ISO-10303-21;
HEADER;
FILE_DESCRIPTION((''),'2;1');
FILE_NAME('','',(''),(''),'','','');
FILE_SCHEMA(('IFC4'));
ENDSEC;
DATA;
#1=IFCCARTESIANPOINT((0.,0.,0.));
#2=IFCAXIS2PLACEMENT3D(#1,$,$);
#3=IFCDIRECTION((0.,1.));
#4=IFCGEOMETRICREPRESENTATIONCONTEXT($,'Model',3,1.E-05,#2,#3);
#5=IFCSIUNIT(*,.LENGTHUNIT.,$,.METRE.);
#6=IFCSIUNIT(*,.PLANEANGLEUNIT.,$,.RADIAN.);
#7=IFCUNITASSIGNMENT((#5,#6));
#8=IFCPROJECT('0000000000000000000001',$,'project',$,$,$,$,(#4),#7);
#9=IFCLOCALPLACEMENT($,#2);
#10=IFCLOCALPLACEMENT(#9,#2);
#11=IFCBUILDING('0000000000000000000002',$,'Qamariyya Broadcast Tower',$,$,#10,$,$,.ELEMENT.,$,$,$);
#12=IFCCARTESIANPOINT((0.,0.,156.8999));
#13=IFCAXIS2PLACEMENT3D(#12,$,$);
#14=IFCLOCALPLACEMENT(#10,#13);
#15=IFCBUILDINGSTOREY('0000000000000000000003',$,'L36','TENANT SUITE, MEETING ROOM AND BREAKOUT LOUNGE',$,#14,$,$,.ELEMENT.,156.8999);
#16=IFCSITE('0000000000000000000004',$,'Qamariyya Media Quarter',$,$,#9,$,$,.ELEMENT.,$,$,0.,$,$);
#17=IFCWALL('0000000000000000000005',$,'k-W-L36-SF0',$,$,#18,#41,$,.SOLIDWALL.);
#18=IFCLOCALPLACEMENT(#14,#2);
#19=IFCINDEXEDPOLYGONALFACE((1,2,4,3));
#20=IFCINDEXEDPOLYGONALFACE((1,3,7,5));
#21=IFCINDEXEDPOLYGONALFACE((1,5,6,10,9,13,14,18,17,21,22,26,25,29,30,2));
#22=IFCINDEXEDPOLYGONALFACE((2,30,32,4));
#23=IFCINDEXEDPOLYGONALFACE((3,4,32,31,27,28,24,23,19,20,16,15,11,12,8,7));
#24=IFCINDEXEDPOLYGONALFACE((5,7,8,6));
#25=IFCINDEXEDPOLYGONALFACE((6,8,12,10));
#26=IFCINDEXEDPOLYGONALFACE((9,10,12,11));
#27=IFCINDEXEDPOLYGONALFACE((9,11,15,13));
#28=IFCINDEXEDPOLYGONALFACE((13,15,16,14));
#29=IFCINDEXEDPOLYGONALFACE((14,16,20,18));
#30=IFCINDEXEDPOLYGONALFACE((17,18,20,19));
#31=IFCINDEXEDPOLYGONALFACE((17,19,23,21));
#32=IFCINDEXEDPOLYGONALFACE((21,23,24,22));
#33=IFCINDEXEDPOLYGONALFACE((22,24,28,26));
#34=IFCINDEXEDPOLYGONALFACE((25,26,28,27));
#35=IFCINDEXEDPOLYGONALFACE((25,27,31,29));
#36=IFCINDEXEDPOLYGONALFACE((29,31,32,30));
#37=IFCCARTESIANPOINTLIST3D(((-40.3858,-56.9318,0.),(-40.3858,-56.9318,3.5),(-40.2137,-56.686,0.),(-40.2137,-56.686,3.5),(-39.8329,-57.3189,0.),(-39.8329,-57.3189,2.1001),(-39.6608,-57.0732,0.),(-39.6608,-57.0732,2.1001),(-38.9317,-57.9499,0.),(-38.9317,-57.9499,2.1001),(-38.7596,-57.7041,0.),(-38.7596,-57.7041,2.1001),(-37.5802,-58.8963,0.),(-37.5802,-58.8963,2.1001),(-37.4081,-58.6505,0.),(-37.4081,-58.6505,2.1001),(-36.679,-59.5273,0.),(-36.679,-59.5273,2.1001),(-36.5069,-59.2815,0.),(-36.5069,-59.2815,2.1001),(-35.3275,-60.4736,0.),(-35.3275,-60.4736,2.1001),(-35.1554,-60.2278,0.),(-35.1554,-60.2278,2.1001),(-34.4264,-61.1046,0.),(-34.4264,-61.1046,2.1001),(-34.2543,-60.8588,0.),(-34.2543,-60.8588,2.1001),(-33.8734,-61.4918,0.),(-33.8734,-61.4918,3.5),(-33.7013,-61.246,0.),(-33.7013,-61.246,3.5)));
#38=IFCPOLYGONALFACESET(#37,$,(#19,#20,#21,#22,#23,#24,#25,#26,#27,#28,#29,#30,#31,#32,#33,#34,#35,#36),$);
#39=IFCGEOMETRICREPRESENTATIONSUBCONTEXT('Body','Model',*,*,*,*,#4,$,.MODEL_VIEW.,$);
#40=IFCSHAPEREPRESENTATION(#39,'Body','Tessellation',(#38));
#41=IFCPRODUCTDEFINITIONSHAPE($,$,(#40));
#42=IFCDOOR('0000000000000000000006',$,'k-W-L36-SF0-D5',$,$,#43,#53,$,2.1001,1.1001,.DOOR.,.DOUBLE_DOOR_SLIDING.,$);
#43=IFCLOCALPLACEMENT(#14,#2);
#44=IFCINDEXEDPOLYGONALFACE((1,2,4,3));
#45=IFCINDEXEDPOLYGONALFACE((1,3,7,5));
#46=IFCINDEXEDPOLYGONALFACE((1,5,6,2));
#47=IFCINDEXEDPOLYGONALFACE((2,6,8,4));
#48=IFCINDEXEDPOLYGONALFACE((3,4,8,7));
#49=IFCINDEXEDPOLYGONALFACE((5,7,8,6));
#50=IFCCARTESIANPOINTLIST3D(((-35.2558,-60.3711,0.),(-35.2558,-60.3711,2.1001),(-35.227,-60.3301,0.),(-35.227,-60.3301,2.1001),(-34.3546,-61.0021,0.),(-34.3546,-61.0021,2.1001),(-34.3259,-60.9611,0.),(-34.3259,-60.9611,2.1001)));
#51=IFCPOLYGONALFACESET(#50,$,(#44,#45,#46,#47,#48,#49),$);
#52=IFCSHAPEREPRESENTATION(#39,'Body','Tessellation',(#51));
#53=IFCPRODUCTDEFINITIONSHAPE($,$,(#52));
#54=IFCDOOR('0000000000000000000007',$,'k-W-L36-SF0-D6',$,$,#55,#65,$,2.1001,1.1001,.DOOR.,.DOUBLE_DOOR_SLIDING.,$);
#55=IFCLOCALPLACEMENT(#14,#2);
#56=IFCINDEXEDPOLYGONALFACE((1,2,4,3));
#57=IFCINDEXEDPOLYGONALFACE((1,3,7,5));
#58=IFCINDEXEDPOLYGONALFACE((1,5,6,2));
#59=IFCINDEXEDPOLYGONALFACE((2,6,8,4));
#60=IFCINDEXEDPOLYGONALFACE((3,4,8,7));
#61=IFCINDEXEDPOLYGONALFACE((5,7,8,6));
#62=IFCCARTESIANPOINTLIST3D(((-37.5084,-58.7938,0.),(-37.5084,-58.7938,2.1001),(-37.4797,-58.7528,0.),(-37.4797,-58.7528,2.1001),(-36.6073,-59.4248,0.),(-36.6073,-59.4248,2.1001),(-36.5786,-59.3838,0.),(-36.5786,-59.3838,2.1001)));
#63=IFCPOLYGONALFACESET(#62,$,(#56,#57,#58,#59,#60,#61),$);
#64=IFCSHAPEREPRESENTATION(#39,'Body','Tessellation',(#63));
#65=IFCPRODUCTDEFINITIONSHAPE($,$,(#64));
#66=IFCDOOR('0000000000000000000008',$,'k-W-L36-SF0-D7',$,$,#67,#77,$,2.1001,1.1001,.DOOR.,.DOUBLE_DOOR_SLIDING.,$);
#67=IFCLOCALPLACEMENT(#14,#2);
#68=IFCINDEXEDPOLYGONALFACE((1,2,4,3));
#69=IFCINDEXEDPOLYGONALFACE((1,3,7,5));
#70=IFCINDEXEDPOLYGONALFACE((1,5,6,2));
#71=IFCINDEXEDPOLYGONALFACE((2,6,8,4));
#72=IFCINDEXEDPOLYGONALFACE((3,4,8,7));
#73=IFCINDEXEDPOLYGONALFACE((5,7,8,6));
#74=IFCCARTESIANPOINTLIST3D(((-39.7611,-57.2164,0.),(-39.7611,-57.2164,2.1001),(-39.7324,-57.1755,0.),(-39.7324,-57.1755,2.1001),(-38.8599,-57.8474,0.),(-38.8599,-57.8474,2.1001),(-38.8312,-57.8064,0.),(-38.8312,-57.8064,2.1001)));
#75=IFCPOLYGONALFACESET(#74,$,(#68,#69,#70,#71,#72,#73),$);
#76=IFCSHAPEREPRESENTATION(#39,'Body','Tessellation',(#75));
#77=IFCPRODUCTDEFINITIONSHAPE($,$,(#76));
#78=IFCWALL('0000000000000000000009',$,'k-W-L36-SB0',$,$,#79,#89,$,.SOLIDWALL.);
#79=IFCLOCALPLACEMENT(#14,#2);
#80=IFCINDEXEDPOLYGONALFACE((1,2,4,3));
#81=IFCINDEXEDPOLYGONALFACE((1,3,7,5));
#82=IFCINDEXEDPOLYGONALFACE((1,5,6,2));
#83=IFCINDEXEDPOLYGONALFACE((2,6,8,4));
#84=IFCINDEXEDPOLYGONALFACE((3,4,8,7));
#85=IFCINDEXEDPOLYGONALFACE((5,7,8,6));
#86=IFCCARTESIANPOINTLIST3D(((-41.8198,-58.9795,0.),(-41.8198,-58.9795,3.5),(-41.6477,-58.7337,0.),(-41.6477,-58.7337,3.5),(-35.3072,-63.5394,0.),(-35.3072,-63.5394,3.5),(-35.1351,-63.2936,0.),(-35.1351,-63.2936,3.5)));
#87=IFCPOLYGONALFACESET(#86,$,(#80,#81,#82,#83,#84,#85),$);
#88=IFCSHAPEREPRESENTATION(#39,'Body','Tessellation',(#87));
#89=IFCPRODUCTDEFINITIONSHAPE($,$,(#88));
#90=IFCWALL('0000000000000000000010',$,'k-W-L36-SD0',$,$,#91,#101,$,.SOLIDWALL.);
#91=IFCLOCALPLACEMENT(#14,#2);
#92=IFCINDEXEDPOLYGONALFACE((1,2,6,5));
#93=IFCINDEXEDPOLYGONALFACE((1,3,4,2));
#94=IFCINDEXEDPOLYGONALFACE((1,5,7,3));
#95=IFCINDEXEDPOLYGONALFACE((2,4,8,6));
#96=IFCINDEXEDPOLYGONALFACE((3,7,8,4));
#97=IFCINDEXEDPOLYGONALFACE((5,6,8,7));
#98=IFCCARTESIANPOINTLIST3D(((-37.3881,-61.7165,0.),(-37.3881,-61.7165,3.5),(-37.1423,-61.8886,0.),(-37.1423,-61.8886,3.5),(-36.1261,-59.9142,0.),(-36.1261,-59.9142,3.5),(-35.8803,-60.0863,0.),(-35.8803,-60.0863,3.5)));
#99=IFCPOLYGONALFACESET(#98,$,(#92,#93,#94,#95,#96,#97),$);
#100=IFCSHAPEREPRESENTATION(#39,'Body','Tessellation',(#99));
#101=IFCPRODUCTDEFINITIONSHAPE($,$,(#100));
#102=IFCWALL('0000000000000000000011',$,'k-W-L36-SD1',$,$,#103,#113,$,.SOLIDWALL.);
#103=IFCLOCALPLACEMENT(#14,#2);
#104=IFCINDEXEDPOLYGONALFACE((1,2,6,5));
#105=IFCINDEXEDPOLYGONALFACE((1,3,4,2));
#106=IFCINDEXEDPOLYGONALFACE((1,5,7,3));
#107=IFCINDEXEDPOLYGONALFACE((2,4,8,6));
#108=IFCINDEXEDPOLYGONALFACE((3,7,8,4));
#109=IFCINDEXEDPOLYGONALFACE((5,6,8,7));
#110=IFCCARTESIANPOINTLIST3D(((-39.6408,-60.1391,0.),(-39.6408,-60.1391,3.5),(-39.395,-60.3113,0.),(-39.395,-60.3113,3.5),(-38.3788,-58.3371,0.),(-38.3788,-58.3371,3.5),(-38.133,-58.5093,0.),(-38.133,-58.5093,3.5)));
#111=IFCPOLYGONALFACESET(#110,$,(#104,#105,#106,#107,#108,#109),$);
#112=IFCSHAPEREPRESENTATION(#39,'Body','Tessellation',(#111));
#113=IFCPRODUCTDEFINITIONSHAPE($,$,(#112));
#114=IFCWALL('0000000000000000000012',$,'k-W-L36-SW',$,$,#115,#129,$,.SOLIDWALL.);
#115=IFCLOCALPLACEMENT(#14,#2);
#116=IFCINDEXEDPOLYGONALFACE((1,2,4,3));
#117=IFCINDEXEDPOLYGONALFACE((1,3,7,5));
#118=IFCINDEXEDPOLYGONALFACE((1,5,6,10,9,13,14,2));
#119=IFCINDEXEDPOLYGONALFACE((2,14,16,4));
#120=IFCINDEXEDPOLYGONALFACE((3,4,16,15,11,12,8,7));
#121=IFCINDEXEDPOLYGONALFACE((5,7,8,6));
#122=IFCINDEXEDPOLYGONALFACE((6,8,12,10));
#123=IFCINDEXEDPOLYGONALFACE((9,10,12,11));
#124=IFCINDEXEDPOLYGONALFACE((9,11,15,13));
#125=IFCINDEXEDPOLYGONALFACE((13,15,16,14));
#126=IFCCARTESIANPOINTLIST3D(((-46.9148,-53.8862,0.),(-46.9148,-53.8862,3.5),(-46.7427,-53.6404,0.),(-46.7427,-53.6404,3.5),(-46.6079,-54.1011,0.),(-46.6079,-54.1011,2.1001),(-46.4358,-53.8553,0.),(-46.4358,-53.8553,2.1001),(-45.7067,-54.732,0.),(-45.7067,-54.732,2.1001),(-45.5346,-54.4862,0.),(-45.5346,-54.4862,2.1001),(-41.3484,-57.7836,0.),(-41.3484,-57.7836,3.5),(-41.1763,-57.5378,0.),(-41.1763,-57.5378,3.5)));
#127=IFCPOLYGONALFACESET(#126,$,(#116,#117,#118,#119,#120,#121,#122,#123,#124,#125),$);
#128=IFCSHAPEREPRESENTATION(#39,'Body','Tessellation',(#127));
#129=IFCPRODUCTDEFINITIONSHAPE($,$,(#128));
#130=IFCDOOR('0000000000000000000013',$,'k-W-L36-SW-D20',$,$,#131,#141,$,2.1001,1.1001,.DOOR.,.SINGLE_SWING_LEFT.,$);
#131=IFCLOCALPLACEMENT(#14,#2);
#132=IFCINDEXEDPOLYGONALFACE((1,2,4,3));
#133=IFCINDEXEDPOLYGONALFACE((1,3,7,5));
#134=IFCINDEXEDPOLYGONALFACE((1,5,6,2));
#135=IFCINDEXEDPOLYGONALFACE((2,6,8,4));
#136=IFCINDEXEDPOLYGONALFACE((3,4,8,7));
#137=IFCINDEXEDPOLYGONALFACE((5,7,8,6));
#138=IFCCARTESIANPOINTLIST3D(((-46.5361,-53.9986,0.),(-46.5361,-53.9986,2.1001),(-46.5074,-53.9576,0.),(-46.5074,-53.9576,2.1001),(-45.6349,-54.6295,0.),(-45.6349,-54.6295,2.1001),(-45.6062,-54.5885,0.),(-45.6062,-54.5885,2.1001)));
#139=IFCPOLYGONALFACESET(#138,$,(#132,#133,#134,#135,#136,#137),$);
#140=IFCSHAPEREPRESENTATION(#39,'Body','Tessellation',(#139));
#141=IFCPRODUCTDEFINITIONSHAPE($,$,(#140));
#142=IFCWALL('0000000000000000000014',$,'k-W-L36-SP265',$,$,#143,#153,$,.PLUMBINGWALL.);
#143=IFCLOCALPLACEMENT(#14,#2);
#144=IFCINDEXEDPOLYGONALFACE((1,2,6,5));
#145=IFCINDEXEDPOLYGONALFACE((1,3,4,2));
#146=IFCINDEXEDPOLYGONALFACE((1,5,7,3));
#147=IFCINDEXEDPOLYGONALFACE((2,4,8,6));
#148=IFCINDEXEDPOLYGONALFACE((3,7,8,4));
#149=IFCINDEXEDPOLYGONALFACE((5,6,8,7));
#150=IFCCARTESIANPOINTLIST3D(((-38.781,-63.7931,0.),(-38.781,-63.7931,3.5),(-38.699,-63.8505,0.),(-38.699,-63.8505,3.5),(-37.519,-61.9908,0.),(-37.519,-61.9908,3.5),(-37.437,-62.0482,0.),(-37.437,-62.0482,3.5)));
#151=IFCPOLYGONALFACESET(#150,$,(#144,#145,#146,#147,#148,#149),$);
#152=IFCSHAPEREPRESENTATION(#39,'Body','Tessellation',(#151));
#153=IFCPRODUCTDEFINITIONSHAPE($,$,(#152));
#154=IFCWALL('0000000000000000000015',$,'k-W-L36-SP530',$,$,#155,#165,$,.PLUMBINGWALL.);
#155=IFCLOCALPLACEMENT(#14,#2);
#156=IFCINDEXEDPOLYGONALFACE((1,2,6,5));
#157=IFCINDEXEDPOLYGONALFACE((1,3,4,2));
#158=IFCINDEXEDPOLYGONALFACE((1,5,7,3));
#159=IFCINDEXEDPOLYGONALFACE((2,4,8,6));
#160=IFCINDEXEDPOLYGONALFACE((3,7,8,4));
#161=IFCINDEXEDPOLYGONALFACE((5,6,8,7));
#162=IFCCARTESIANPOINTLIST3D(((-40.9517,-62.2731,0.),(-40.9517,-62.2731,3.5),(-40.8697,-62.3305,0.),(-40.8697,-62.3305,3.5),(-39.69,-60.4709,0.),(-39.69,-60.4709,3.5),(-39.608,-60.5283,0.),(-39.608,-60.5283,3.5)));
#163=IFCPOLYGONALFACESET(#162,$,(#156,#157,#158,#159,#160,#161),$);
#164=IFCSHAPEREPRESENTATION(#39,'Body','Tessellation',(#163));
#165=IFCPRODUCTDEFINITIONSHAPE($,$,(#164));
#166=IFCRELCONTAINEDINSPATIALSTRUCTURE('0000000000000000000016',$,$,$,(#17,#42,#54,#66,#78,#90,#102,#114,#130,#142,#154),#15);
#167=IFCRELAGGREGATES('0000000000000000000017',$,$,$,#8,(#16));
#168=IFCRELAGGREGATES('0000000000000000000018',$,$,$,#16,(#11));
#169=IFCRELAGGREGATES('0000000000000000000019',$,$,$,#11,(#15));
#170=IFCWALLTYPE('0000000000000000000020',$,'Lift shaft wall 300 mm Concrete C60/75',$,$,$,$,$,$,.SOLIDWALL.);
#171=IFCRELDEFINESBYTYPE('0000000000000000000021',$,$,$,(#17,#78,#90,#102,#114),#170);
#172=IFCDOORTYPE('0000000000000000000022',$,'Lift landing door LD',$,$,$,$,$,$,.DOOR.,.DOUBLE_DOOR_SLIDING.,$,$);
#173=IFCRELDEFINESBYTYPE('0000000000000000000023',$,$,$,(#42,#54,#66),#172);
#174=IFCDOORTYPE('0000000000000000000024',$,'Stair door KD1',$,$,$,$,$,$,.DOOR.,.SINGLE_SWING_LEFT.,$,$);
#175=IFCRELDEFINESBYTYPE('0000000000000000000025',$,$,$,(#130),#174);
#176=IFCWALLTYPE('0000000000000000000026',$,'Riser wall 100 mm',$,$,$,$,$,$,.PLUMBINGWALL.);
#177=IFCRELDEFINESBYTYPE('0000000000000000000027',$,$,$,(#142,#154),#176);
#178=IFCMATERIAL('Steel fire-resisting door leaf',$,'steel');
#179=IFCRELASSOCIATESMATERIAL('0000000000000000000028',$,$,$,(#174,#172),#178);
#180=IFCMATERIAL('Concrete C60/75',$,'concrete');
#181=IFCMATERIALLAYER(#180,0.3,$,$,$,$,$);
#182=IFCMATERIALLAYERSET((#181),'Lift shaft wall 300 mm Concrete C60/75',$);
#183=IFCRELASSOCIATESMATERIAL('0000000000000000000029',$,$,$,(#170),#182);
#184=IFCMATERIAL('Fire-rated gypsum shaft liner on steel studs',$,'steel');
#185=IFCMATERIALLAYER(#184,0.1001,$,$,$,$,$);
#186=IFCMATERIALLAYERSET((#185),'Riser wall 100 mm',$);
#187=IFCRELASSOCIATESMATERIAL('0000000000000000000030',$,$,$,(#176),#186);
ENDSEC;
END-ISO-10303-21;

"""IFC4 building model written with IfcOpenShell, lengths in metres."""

from ifc_helpers import new_model, si_unit, direction, frame, frame_2d, origin, place, context, subcontext, project, spatial, rectangle, extrude, material, layer, layer_set, type_object, element, fill, save


model = new_model("IFC4")

# Units and contexts
model_context = context("Model", 3, precision=1e-05, world=origin(), true_north=direction((0.0, 1.0)))
body_context = subcontext(model_context, "Body", "Model", "MODEL_VIEW")
ifc_project = project(units=[si_unit("LENGTHUNIT", "METRE"), si_unit("PLANEANGLEUNIT", "RADIAN")], contexts=[model_context])

# Site, building, storey
site_placement = place(None, origin())
site = spatial("IfcSite", under=ifc_project, at=site_placement, Name="Qamariyya Media Quarter", CompositionType="ELEMENT", RefElevation=0.0)
building_placement = place(site_placement, origin())
building = spatial("IfcBuilding", under=site, at=building_placement, Name="Qamariyya Broadcast Tower", CompositionType="ELEMENT")
storey_placement = place(building_placement, frame((0.0, 0.0, 156.8999)))
storey = spatial("IfcBuildingStorey", under=building, at=storey_placement, Name="L36", Description="TENANT SUITE, MEETING ROOM AND BREAKOUT LOUNGE", CompositionType="ELEMENT", Elevation=156.8999)

# Wall, openings, doors
ifc_material_1 = material(Name="Concrete C60/75", Category="concrete")
ifc_material_2 = material(Name="Steel fire-resisting door leaf", Category="steel")
door_type_1 = type_object("IfcDoorType", Name="Stair door KD1", OperationType="SINGLE_SWING_LEFT", PredefinedType="DOOR", material=ifc_material_2)
ifc_layer_1 = layer(ifc_material_1, 0.3)
ifc_layer_set_1 = layer_set([ifc_layer_1], Name="Lift shaft wall 300 mm Concrete C60/75")
wall_type_1 = type_object("IfcWallType", Name="Lift shaft wall 300 mm Concrete C60/75", PredefinedType="SOLIDWALL", material=ifc_layer_set_1)
wall_1_placement = place(storey_placement, frame((-33.7874, -61.3689, 0.0), z_axis=(0.0, 0.0, 1.0), x_axis=(-0.819153, 0.573576, 0.0)))
wall_1 = element("IfcWall", 1, at=wall_1_placement, inside=storey, type_object=wall_type_1, Name="k-W-L36-SF0", PredefinedType="SOLIDWALL", context=body_context, shape_type="SweptSolid", body=[
    extrude(rectangle(XDim=7.9502, YDim=0.3, at=frame_2d((3.9751, 0.0))), origin(), (0.0, 0.0, 1.0), 3.5),
])
opening_1_placement = place(wall_1_placement, frame((0.675, 0.0, 0.0)))
opening_1 = element("IfcOpeningElement", 2, at=opening_1_placement, cuts=wall_1, PredefinedType="OPENING", context=body_context, shape_type="SweptSolid", body=[
    extrude(rectangle(XDim=1.1001, YDim=2.1001, at=frame_2d((0.55, 1.05))), frame((0.0, 0.1599, 0.0), z_axis=(0.0, -1.0, 0.0), x_axis=(1.0, 0.0, 0.0)), (0.0, 0.0, 1.0), 0.3201),
])
opening_2_placement = place(wall_1_placement, frame((3.425, 0.0, 0.0)))
opening_2 = element("IfcOpeningElement", 3, at=opening_2_placement, cuts=wall_1, PredefinedType="OPENING", context=body_context, shape_type="SweptSolid", body=[
    extrude(rectangle(XDim=1.1001, YDim=2.1001, at=frame_2d((0.55, 1.05))), frame((0.0, 0.1599, 0.0), z_axis=(0.0, -1.0, 0.0), x_axis=(1.0, 0.0, 0.0)), (0.0, 0.0, 1.0), 0.3201),
])
opening_3_placement = place(wall_1_placement, frame((6.175, 0.0, 0.0)))
opening_3 = element("IfcOpeningElement", 4, at=opening_3_placement, cuts=wall_1, PredefinedType="OPENING", context=body_context, shape_type="SweptSolid", body=[
    extrude(rectangle(XDim=1.1001, YDim=2.1001, at=frame_2d((0.55, 1.05))), frame((0.0, 0.1599, 0.0), z_axis=(0.0, -1.0, 0.0), x_axis=(1.0, 0.0, 0.0)), (0.0, 0.0, 1.0), 0.3201),
])
door_type_2 = type_object("IfcDoorType", Name="Lift landing door LD", OperationType="DOUBLE_DOOR_SLIDING", PredefinedType="DOOR", material=ifc_material_2)
door_1_placement = place(opening_1_placement, origin())
door_1 = element("IfcDoor", 5, at=door_1_placement, inside=storey, type_object=door_type_2, Name="k-W-L36-SF0-D5", OperationType="DOUBLE_DOOR_SLIDING", OverallHeight=2.1001, OverallWidth=1.1001, PredefinedType="DOOR", context=body_context, shape_type="SweptSolid", body=[
    extrude(rectangle(XDim=1.1001, YDim=2.1001, at=frame_2d((0.55, 1.05))), frame((0.0, 0.0249, 0.0), z_axis=(0.0, -1.0, 0.0), x_axis=(1.0, 0.0, 0.0)), (0.0, 0.0, 1.0), 0.05),
])
fill(opening_1, door_1)
door_2_placement = place(opening_2_placement, origin())
door_2 = element("IfcDoor", 6, at=door_2_placement, inside=storey, type_object=door_type_2, Name="k-W-L36-SF0-D6", OperationType="DOUBLE_DOOR_SLIDING", OverallHeight=2.1001, OverallWidth=1.1001, PredefinedType="DOOR", context=body_context, shape_type="SweptSolid", body=[
    extrude(rectangle(XDim=1.1001, YDim=2.1001, at=frame_2d((0.55, 1.05))), frame((0.0, 0.0249, 0.0), z_axis=(0.0, -1.0, 0.0), x_axis=(1.0, 0.0, 0.0)), (0.0, 0.0, 1.0), 0.05),
])
fill(opening_2, door_2)
door_3_placement = place(opening_3_placement, origin())
door_3 = element("IfcDoor", 7, at=door_3_placement, inside=storey, type_object=door_type_2, Name="k-W-L36-SF0-D7", OperationType="DOUBLE_DOOR_SLIDING", OverallHeight=2.1001, OverallWidth=1.1001, PredefinedType="DOOR", context=body_context, shape_type="SweptSolid", body=[
    extrude(rectangle(XDim=1.1001, YDim=2.1001, at=frame_2d((0.55, 1.05))), frame((0.0, 0.0249, 0.0), z_axis=(0.0, -1.0, 0.0), x_axis=(1.0, 0.0, 0.0)), (0.0, 0.0, 1.0), 0.05),
])
fill(opening_3, door_3)

# Walls
wall_2_placement = place(storey_placement, frame((-35.2212, -63.4165, 0.0), z_axis=(0.0, 0.0, 1.0), x_axis=(-0.819167, 0.573555, 0.0)))
element("IfcWall", 8, at=wall_2_placement, inside=storey, type_object=wall_type_1, Name="k-W-L36-SB0", PredefinedType="SOLIDWALL", context=body_context, shape_type="SweptSolid", body=[
    extrude(rectangle(XDim=7.9502, YDim=0.3, at=frame_2d((3.9751, 0.0))), origin(), (0.0, 0.0, 1.0), 3.5),
])
wall_3_placement = place(storey_placement, frame((-36.0032, -60.0002, 0.0), z_axis=(0.0, 0.0, 1.0), x_axis=(-0.573581, -0.819149, 0.0)))
element("IfcWall", 9, at=wall_3_placement, inside=storey, type_object=wall_type_1, Name="k-W-L36-SD0", PredefinedType="SOLIDWALL", context=body_context, shape_type="SweptSolid", body=[
    extrude(rectangle(XDim=2.2002, YDim=0.3, at=frame_2d((1.1001, 0.0))), origin(), (0.0, 0.0, 1.0), 3.5),
])
wall_4_placement = place(storey_placement, frame((-38.2559, -58.4231, 0.0), z_axis=(0.0, 0.0, 1.0), x_axis=(-0.573634, -0.819112, 0.0)))
element("IfcWall", 10, at=wall_4_placement, inside=storey, type_object=wall_type_1, Name="k-W-L36-SD1", PredefinedType="SOLIDWALL", context=body_context, shape_type="SweptSolid", body=[
    extrude(rectangle(XDim=2.2, YDim=0.3, at=frame_2d((1.1001, 0.0))), origin(), (0.0, 0.0, 1.0), 3.5),
])

# Wall, opening, door
wall_5_placement = place(storey_placement, frame((-41.2625, -57.6606, 0.0), z_axis=(0.0, 0.0, 1.0), x_axis=(-0.819164, 0.573559, 0.0)))
wall_5 = element("IfcWall", 11, at=wall_5_placement, inside=storey, type_object=wall_type_1, Name="k-W-L36-SW", PredefinedType="SOLIDWALL", context=body_context, shape_type="SweptSolid", body=[
    extrude(rectangle(XDim=6.7952, YDim=0.3, at=frame_2d((3.3975, 0.0))), origin(), (0.0, 0.0, 1.0), 3.5),
])
opening_4_placement = place(wall_5_placement, frame((5.3203, 0.0, 0.0)))
opening_4 = element("IfcOpeningElement", 12, at=opening_4_placement, cuts=wall_5, PredefinedType="OPENING", context=body_context, shape_type="SweptSolid", body=[
    extrude(rectangle(XDim=1.1001, YDim=2.1001, at=frame_2d((0.55, 1.05))), frame((0.0, 0.1599, 0.0), z_axis=(0.0, -1.0, 0.0), x_axis=(1.0, 0.0, 0.0)), (0.0, 0.0, 1.0), 0.3201),
])
door_4_placement = place(opening_4_placement, origin())
door_4 = element("IfcDoor", 13, at=door_4_placement, inside=storey, type_object=door_type_1, Name="k-W-L36-SW-D20", OperationType="SINGLE_SWING_LEFT", OverallHeight=2.1001, OverallWidth=1.1001, PredefinedType="DOOR", context=body_context, shape_type="SweptSolid", body=[
    extrude(rectangle(XDim=1.1001, YDim=2.1001, at=frame_2d((0.55, 1.05))), frame((0.0, 0.0249, 0.0), z_axis=(0.0, -1.0, 0.0), x_axis=(1.0, 0.0, 0.0)), (0.0, 0.0, 1.0), 0.05),
])
fill(opening_4, door_4)

# Walls
ifc_material_3 = material(Name="Fire-rated gypsum shaft liner on steel studs", Category="steel")
ifc_layer_2 = layer(ifc_material_3, 0.1001)
ifc_layer_set_2 = layer_set([ifc_layer_2], Name="Riser wall 100 mm")
wall_type_2 = type_object("IfcWallType", Name="Riser wall 100 mm", PredefinedType="PLUMBINGWALL", material=ifc_layer_set_2)
wall_6_placement = place(storey_placement, frame((-37.478, -62.0195, 0.0), z_axis=(0.0, 0.0, 1.0), x_axis=(-0.573581, -0.819149, 0.0)))
element("IfcWall", 14, at=wall_6_placement, inside=storey, type_object=wall_type_2, Name="k-W-L36-SP265", PredefinedType="PLUMBINGWALL", context=body_context, shape_type="SweptSolid", body=[
    extrude(rectangle(XDim=2.2002, YDim=0.1001, at=frame_2d((1.1001, 0.0))), origin(), (0.0, 0.0, 1.0), 3.5),
])
wall_7_placement = place(storey_placement, frame((-39.6489, -60.4995, 0.0), z_axis=(0.0, 0.0, 1.0), x_axis=(-0.573507, -0.819201, 0.0)))
element("IfcWall", 15, at=wall_7_placement, inside=storey, type_object=wall_type_2, Name="k-W-L36-SP530", PredefinedType="PLUMBINGWALL", context=body_context, shape_type="SweptSolid", body=[
    extrude(rectangle(XDim=2.2, YDim=0.1001, at=frame_2d((1.1001, 0.0))), origin(), (0.0, 0.0, 1.0), 3.5),
])

save(model, "model.ifc")
